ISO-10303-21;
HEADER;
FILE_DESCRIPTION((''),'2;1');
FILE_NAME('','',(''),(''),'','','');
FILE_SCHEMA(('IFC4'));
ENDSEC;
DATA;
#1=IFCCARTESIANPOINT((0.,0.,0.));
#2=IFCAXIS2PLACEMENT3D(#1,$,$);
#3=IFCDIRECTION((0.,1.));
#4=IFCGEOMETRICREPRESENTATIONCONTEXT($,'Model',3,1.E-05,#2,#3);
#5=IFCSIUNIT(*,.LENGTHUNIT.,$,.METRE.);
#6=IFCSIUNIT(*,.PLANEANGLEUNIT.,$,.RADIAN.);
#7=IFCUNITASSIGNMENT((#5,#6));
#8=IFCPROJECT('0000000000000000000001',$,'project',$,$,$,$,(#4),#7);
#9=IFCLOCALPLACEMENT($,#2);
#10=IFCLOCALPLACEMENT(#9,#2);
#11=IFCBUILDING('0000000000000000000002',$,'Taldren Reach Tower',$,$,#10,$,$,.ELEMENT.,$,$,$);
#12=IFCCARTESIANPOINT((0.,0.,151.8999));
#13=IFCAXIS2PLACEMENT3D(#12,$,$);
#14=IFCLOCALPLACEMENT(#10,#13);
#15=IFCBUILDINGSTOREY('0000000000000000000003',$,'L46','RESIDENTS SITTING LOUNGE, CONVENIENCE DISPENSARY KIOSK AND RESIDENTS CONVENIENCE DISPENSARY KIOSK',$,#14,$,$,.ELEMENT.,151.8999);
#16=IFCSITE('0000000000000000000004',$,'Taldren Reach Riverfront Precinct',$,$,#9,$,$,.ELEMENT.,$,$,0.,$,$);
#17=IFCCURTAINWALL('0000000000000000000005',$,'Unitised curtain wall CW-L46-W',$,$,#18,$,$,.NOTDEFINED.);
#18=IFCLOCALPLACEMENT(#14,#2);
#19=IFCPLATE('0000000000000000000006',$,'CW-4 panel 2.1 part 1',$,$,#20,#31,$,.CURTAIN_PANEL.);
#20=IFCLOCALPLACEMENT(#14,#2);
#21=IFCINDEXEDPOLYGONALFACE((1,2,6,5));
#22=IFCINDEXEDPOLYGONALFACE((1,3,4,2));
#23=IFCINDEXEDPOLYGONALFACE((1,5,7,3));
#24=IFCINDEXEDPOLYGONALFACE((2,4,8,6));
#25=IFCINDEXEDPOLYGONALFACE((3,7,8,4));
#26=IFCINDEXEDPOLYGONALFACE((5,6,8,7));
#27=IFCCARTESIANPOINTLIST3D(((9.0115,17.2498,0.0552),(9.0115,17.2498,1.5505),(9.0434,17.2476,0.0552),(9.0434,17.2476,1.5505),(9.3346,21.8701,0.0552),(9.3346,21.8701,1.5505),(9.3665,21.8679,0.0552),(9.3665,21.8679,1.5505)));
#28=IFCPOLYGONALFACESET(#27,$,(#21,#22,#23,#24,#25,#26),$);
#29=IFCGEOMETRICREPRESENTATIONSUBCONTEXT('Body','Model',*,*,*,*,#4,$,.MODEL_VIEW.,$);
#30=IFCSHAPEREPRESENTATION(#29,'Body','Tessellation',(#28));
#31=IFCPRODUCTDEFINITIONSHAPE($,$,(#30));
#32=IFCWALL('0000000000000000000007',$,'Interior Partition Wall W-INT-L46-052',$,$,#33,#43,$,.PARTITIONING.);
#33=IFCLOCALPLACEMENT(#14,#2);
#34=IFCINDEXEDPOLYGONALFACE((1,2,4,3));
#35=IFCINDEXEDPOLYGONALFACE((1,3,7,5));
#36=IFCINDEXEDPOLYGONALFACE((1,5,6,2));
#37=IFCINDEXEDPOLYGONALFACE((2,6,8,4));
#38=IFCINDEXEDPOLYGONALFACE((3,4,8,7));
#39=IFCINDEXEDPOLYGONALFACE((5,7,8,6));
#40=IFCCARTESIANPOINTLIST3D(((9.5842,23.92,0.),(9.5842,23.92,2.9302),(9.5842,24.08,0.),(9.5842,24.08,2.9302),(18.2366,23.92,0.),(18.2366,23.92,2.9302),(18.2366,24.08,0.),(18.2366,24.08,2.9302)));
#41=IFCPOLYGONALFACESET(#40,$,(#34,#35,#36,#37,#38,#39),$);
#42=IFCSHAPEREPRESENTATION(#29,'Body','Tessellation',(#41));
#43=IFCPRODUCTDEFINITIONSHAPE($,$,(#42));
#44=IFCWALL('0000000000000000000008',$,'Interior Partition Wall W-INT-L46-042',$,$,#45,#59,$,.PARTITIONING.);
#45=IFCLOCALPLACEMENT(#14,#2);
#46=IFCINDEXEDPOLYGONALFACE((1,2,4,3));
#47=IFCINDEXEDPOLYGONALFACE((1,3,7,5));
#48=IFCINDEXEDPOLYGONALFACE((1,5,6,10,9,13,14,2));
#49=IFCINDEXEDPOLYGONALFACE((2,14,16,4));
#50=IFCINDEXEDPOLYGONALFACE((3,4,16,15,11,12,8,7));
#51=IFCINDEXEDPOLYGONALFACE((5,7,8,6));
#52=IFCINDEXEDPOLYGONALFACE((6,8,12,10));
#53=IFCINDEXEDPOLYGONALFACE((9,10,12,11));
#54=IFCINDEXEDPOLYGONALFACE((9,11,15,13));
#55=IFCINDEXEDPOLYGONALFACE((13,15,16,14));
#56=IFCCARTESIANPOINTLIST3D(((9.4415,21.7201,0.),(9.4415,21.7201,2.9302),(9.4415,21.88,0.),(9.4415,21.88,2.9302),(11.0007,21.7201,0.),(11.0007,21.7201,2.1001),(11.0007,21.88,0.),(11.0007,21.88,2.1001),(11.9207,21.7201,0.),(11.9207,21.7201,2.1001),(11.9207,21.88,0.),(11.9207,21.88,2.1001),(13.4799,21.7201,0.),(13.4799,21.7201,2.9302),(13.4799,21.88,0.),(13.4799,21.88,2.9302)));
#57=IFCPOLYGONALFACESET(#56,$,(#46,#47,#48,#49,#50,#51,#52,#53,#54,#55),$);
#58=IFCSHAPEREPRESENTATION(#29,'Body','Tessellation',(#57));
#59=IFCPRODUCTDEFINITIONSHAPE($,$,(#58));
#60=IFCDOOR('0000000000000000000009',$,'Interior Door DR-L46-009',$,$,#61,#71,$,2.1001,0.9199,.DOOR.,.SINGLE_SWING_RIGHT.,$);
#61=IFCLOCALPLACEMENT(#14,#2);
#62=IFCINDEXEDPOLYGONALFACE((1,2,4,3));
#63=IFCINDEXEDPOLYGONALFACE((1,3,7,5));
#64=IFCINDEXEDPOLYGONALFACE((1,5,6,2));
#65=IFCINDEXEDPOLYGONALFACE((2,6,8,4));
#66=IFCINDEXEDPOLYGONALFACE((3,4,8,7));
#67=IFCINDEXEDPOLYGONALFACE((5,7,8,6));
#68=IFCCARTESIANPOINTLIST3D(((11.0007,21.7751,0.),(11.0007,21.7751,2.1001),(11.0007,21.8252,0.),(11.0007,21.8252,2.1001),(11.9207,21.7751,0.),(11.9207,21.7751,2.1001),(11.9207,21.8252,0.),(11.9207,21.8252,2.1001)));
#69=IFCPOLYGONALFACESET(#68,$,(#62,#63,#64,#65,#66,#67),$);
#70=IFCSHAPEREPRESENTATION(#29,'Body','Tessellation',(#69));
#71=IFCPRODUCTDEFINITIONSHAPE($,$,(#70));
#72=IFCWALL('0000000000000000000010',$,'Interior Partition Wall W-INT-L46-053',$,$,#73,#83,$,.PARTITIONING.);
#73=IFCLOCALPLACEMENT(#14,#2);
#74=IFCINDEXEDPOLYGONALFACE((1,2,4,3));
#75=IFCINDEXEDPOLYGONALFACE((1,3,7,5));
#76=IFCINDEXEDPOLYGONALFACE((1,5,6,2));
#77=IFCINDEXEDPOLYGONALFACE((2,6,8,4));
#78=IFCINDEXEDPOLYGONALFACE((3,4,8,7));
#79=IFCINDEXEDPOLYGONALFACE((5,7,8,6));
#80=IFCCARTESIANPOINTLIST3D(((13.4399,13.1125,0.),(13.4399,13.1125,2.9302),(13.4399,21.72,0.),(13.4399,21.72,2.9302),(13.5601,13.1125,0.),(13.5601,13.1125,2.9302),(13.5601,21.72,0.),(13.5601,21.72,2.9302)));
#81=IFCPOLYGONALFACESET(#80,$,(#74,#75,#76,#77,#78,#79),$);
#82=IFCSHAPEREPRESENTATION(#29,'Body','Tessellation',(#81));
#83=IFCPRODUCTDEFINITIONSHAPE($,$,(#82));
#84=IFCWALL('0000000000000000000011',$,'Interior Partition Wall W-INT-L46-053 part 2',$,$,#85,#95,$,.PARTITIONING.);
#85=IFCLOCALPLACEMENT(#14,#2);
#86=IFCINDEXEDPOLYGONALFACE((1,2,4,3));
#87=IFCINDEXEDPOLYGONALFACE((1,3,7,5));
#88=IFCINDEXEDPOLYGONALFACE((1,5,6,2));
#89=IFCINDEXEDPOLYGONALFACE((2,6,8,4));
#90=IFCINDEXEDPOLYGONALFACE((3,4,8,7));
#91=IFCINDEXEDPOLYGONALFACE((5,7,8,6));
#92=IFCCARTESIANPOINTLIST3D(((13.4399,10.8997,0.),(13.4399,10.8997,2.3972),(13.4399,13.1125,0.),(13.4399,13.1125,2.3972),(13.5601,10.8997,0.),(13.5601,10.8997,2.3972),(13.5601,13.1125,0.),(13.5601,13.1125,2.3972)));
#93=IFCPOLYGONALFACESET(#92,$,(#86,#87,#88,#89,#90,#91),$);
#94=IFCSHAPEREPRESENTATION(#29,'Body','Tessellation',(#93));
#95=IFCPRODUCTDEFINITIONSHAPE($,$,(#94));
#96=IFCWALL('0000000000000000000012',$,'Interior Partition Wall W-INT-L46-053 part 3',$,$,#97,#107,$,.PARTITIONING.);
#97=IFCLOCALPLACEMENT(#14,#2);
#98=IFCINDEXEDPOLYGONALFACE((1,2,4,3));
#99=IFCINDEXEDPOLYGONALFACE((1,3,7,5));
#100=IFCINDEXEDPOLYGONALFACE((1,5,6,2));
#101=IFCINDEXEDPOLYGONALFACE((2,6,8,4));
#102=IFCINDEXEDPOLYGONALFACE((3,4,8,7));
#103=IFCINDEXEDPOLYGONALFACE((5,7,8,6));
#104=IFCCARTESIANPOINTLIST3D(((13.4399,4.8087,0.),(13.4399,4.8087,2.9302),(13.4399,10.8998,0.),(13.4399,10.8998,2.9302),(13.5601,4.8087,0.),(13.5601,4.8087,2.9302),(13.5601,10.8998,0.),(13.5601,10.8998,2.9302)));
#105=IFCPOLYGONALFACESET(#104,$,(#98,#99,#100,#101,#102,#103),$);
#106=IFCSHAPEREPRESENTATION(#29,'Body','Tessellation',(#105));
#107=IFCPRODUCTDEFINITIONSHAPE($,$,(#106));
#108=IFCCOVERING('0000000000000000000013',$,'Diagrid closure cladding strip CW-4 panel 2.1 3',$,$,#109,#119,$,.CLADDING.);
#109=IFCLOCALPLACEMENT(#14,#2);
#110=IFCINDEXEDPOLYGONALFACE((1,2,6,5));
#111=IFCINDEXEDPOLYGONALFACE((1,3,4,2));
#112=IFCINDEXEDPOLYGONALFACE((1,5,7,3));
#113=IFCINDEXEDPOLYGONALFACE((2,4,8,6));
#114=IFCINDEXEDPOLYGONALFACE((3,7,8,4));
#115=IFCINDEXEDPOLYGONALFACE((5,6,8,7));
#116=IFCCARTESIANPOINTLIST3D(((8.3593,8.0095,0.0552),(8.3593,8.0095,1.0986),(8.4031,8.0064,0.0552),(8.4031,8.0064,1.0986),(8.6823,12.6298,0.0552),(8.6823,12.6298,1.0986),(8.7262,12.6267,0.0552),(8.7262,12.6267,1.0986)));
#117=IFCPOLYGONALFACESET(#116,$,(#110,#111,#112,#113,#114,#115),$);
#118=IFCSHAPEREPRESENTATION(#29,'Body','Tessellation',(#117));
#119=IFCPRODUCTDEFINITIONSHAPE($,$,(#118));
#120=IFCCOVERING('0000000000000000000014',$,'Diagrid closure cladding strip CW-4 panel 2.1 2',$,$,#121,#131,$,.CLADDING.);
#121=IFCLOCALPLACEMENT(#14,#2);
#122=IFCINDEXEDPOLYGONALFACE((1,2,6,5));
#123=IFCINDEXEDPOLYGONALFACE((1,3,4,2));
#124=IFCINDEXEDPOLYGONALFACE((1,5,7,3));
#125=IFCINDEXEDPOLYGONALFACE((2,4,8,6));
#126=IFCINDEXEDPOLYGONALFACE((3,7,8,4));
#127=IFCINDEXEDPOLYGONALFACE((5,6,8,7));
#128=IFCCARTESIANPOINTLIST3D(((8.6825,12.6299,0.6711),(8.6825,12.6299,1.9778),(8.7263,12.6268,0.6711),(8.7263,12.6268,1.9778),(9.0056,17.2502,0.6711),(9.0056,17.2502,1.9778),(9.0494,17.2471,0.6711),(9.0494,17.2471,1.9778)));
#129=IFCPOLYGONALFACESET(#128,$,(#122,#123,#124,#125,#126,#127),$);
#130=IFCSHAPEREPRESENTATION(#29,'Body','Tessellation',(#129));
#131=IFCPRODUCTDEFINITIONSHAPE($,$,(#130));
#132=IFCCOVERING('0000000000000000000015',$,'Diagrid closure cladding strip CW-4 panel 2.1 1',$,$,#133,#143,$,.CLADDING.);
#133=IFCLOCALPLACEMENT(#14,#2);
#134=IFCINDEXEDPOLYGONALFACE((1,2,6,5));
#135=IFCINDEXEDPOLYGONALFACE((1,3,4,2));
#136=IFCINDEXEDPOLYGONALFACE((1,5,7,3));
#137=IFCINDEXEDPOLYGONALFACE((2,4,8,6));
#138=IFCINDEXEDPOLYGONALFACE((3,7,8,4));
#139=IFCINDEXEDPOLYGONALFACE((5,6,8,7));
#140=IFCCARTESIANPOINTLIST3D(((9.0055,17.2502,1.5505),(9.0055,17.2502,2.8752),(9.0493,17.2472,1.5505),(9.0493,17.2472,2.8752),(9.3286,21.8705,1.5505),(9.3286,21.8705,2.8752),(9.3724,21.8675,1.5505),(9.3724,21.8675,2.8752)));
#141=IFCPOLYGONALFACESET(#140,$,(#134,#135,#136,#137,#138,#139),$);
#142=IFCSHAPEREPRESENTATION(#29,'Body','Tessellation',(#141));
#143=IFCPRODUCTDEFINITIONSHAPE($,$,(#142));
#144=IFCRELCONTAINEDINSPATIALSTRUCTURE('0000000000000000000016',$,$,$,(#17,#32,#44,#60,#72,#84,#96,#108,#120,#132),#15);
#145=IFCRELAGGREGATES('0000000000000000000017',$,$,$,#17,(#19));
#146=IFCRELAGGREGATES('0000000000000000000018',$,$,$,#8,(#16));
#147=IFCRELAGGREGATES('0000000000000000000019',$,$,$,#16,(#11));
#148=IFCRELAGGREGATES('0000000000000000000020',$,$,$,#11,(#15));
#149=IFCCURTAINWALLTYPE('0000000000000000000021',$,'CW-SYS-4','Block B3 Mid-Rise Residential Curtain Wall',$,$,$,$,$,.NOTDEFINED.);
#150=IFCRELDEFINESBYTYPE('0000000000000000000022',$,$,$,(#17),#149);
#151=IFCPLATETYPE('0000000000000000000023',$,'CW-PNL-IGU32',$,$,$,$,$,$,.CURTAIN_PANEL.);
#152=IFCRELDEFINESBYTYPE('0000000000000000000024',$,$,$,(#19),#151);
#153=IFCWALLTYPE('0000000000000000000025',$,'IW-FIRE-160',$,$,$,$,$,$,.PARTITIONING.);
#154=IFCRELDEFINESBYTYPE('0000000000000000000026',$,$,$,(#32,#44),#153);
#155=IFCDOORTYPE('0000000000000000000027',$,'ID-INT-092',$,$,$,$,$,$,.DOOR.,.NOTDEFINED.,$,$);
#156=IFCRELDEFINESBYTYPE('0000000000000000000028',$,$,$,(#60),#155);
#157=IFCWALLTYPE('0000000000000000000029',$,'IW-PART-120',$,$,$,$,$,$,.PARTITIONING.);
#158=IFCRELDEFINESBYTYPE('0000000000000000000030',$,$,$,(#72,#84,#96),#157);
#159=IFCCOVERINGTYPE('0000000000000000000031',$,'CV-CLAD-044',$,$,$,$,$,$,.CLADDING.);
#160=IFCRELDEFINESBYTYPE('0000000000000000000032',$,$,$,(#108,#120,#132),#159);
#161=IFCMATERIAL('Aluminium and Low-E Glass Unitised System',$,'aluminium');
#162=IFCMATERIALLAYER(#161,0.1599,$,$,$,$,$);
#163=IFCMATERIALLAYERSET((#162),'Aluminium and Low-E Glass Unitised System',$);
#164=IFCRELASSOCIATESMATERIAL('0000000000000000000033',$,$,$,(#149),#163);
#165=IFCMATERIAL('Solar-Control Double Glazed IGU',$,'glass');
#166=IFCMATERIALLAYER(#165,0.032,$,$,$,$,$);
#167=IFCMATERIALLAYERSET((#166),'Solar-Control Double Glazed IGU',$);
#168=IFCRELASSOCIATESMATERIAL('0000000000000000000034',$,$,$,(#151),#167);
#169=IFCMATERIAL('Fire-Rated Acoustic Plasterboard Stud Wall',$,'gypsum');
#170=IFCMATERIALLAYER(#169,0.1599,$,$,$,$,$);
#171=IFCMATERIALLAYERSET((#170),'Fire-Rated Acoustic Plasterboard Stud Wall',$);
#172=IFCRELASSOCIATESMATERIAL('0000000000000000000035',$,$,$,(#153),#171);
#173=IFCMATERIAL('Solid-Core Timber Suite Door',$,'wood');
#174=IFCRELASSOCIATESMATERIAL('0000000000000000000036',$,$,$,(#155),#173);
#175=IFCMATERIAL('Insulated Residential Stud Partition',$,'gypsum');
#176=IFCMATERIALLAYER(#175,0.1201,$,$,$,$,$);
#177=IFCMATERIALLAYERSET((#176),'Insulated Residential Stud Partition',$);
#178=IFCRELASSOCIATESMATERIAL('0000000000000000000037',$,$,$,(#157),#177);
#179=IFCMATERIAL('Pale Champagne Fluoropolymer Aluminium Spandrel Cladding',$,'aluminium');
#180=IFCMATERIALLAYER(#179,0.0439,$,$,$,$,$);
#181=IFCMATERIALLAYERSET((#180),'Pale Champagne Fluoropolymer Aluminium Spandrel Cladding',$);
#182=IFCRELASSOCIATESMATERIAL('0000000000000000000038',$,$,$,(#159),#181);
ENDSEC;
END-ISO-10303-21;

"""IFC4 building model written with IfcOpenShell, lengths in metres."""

from ifc_helpers import new_model, si_unit, direction, frame, frame_2d, origin, origin_2d, place, context, subcontext, project, spatial, rectangle, extrude, source, transform, mapped, material, layer, layer_set, type_object, element, fill, aggregate, save


model = new_model("IFC4")

# Units and contexts
model_context = context("Model", 3, precision=1e-05, world=origin(), true_north=direction((0.0, 1.0)))
body_context = subcontext(model_context, "Body", "Model", "MODEL_VIEW")
ifc_project = project(units=[si_unit("LENGTHUNIT", "METRE"), si_unit("PLANEANGLEUNIT", "RADIAN")], contexts=[model_context])

# Site, building, storey
site_placement = place(None, origin())
site = spatial("IfcSite", under=ifc_project, at=site_placement, Name="Taldren Reach Riverfront Precinct", CompositionType="ELEMENT", RefElevation=0.0)
building_placement = place(site_placement, origin())
building = spatial("IfcBuilding", under=site, at=building_placement, Name="Taldren Reach Tower", CompositionType="ELEMENT")
storey_placement = place(building_placement, frame((0.0, 0.0, 151.8999)))
storey = spatial("IfcBuildingStorey", under=building, at=storey_placement, Name="L46", Description="RESIDENTS SITTING LOUNGE, CONVENIENCE DISPENSARY KIOSK AND RESIDENTS CONVENIENCE DISPENSARY KIOSK", CompositionType="ELEMENT", Elevation=151.8999)

# Curtain wall
ifc_material_1 = material(Name="Aluminium and Low-E Glass Unitised System", Category="aluminium")
ifc_layer_1 = layer(ifc_material_1, 0.1599)
ifc_layer_set_1 = layer_set([ifc_layer_1], Name="Aluminium and Low-E Glass Unitised System")
curtain_wall_type = type_object("IfcCurtainWallType", Name="CW-SYS-4", Description="Block B3 Mid-Rise Residential Curtain Wall", PredefinedType="NOTDEFINED", material=ifc_layer_set_1)
curtain_wall_placement = place(storey_placement, origin())
curtain_wall = element("IfcCurtainWall", 1, at=curtain_wall_placement, inside=storey, type_object=curtain_wall_type, Name="Unitised curtain wall CW-L46-W", PredefinedType="NOTDEFINED")

# Plate
ifc_material_2 = material(Name="Solar-Control Double Glazed IGU", Category="glass")
ifc_layer_2 = layer(ifc_material_2, 0.032)
ifc_layer_set_2 = layer_set([ifc_layer_2], Name="Solar-Control Double Glazed IGU")
plate_type_1 = type_object("IfcPlateType", Name="CW-PNL-IGU32", PredefinedType="CURTAIN_PANEL", material=ifc_layer_set_2)
shared_shape_1 = source(origin(), body_context, "Body", "SweptSolid", [
    extrude(rectangle(XDim=4.6316, YDim=0.032, at=origin_2d()), origin(), (0.0, 0.0, 1.0), 1.4954),
])
plate_1_placement = place(storey_placement, frame((9.189, 19.5588, 0.0552), z_axis=(0.0, 0.0, 1.0), x_axis=(-0.069756, -0.997564, 0.0)))
plate_1 = element("IfcPlate", 2, at=plate_1_placement, type_object=plate_type_1, Name="CW-4 panel 2.1 part 1", PredefinedType="CURTAIN_PANEL", context=body_context, shape_type="MappedRepresentation", body=[
    mapped(shared_shape_1, transform((0.0, 0.0, 0.0), scale=1.0)),
])
aggregate(curtain_wall, [plate_1])

# Wall
ifc_material_3 = material(Name="Fire-Rated Acoustic Plasterboard Stud Wall", Category="gypsum")
ifc_layer_3 = layer(ifc_material_3, 0.1599)
ifc_layer_set_3 = layer_set([ifc_layer_3], Name="Fire-Rated Acoustic Plasterboard Stud Wall")
wall_type_1 = type_object("IfcWallType", Name="IW-FIRE-160", PredefinedType="PARTITIONING", material=ifc_layer_set_3)
shared_shape_2 = source(origin(), body_context, "Body", "SweptSolid", [
    extrude(rectangle(XDim=8.6523, YDim=0.1599, at=frame_2d((4.3262, 0.0))), origin(), (0.0, 0.0, 1.0), 2.9302),
])
wall_1_placement = place(storey_placement, frame((9.5842, 24.0, 0.0), z_axis=(0.0, 0.0, 1.0), x_axis=(1.0, 0.0, 0.0)))
element("IfcWall", 3, at=wall_1_placement, inside=storey, type_object=wall_type_1, Name="Interior Partition Wall W-INT-L46-052", PredefinedType="PARTITIONING", context=body_context, shape_type="MappedRepresentation", body=[
    mapped(shared_shape_2, transform((0.0, 0.0, 0.0), scale=1.0)),
])

# Wall, opening, door
shared_shape_3 = source(origin(), body_context, "Body", "SweptSolid", [
    extrude(rectangle(XDim=4.0383, YDim=0.1599, at=frame_2d((2.019, 0.0))), origin(), (0.0, 0.0, 1.0), 2.9302),
])
wall_2_placement = place(storey_placement, frame((13.4797, 21.8, 0.0), z_axis=(0.0, 0.0, 1.0), x_axis=(-1.0, 0.0, 0.0)))
wall_2 = element("IfcWall", 4, at=wall_2_placement, inside=storey, type_object=wall_type_1, Name="Interior Partition Wall W-INT-L46-042", PredefinedType="PARTITIONING", context=body_context, shape_type="MappedRepresentation", body=[
    mapped(shared_shape_3, transform((0.0, 0.0, 0.0), scale=1.0)),
])
shared_shape_4 = source(origin(), body_context, "Body", "SweptSolid", [
    extrude(rectangle(XDim=0.9199, YDim=2.1001, at=frame_2d((0.46, 1.05))), frame((0.0, 0.0898, 0.0), z_axis=(0.0, -1.0, 0.0), x_axis=(1.0, 0.0, 0.0)), (0.0, 0.0, 1.0), 0.1799),
])
opening_placement = place(wall_2_placement, frame((1.5591, 0.0, 0.0)))
opening = element("IfcOpeningElement", 5, at=opening_placement, cuts=wall_2, PredefinedType="OPENING", context=body_context, shape_type="MappedRepresentation", body=[
    mapped(shared_shape_4, transform((0.0, 0.0, 0.0), scale=1.0)),
])
ifc_material_4 = material(Name="Solid-Core Timber Suite Door", Category="wood")
door_type = type_object("IfcDoorType", Name="ID-INT-092", OperationType="NOTDEFINED", PredefinedType="DOOR", material=ifc_material_4)
shared_shape_5 = source(origin(), body_context, "Body", "SweptSolid", [
    extrude(rectangle(XDim=0.9199, YDim=2.1001, at=frame_2d((0.46, 1.05))), frame((0.0, 0.0249, 0.0), z_axis=(0.0, -1.0, 0.0), x_axis=(1.0, 0.0, 0.0)), (0.0, 0.0, 1.0), 0.05),
])
door_placement = place(opening_placement, origin())
door = element("IfcDoor", 6, at=door_placement, inside=storey, type_object=door_type, Name="Interior Door DR-L46-009", OperationType="SINGLE_SWING_RIGHT", OverallHeight=2.1001, OverallWidth=0.9199, PredefinedType="DOOR", context=body_context, shape_type="MappedRepresentation", body=[
    mapped(shared_shape_5, transform((0.0, 0.0, 0.0), scale=1.0)),
])
fill(opening, door)

# Walls
ifc_material_5 = material(Name="Insulated Residential Stud Partition", Category="gypsum")
ifc_layer_4 = layer(ifc_material_5, 0.1201)
ifc_layer_set_4 = layer_set([ifc_layer_4], Name="Insulated Residential Stud Partition")
wall_type_2 = type_object("IfcWallType", Name="IW-PART-120", PredefinedType="PARTITIONING", material=ifc_layer_set_4)
shared_shape_6 = source(origin(), body_context, "Body", "SweptSolid", [
    extrude(rectangle(XDim=8.6074, YDim=0.1201, at=frame_2d((4.3037, 0.0))), origin(), (0.0, 0.0, 1.0), 2.9302),
])
wall_3_placement = place(storey_placement, frame((13.5, 21.72, 0.0), z_axis=(0.0, 0.0, 1.0), x_axis=(0.0, -1.0, 0.0)))
element("IfcWall", 7, at=wall_3_placement, inside=storey, type_object=wall_type_2, Name="Interior Partition Wall W-INT-L46-053", PredefinedType="PARTITIONING", context=body_context, shape_type="MappedRepresentation", body=[
    mapped(shared_shape_6, transform((0.0, 0.0, 0.0), scale=1.0)),
])
shared_shape_7 = source(origin(), body_context, "Body", "SweptSolid", [
    extrude(rectangle(XDim=2.2129, YDim=0.1201, at=frame_2d((1.1064, 0.0))), origin(), (0.0, 0.0, 1.0), 2.3972),
])
wall_4_placement = place(storey_placement, frame((13.5, 13.1125, 0.0), z_axis=(0.0, 0.0, 1.0), x_axis=(0.0, -1.0, 0.0)))
element("IfcWall", 8, at=wall_4_placement, inside=storey, type_object=wall_type_2, Name="Interior Partition Wall W-INT-L46-053 part 2", PredefinedType="PARTITIONING", context=body_context, shape_type="MappedRepresentation", body=[
    mapped(shared_shape_7, transform((0.0, 0.0, 0.0), scale=1.0)),
])
shared_shape_8 = source(origin(), body_context, "Body", "SweptSolid", [
    extrude(rectangle(XDim=6.0911, YDim=0.1201, at=frame_2d((3.0454, 0.0))), origin(), (0.0, 0.0, 1.0), 2.9302),
])
wall_5_placement = place(storey_placement, frame((13.5, 10.8997, 0.0), z_axis=(0.0, 0.0, 1.0), x_axis=(0.0, -1.0, 0.0)))
element("IfcWall", 9, at=wall_5_placement, inside=storey, type_object=wall_type_2, Name="Interior Partition Wall W-INT-L46-053 part 3", PredefinedType="PARTITIONING", context=body_context, shape_type="MappedRepresentation", body=[
    mapped(shared_shape_8, transform((0.0, 0.0, 0.0), scale=1.0)),
])

# Coverings
ifc_material_6 = material(Name="Pale Champagne Fluoropolymer Aluminium Spandrel Cladding", Category="aluminium")
ifc_layer_5 = layer(ifc_material_6, 0.0439)
ifc_layer_set_5 = layer_set([ifc_layer_5], Name="Pale Champagne Fluoropolymer Aluminium Spandrel Cladding")
covering_type = type_object("IfcCoveringType", Name="CV-CLAD-044", PredefinedType="CLADDING", material=ifc_layer_set_5)
shared_shape_9 = source(origin(), body_context, "Body", "SweptSolid", [
    extrude(rectangle(XDim=4.6316, YDim=0.0439, at=origin_2d()), origin(), (0.0, 0.0, 1.0), 1.0435),
])
covering_1_placement = place(storey_placement, frame((8.5427, 10.3181, 0.0552), z_axis=(0.0, 0.0, 1.0), x_axis=(-0.069756, -0.997564, 0.0)))
element("IfcCovering", 10, at=covering_1_placement, inside=storey, type_object=covering_type, Name="Diagrid closure cladding strip CW-4 panel 2.1 3", PredefinedType="CLADDING", context=body_context, shape_type="MappedRepresentation", body=[
    mapped(shared_shape_9, transform((0.0, 0.0, 0.0), scale=1.0)),
])
shared_shape_10 = source(origin(), body_context, "Body", "SweptSolid", [
    extrude(rectangle(XDim=4.6316, YDim=0.0439, at=origin_2d()), origin(), (0.0, 0.0, 1.0), 1.3066),
])
covering_2_placement = place(storey_placement, frame((8.866, 14.9385, 0.6711), z_axis=(0.0, 0.0, 1.0), x_axis=(-0.069756, -0.997564, 0.0)))
element("IfcCovering", 11, at=covering_2_placement, inside=storey, type_object=covering_type, Name="Diagrid closure cladding strip CW-4 panel 2.1 2", PredefinedType="CLADDING", context=body_context, shape_type="MappedRepresentation", body=[
    mapped(shared_shape_10, transform((0.0, 0.0, 0.0), scale=1.0)),
])
shared_shape_11 = source(origin(), body_context, "Body", "SweptSolid", [
    extrude(rectangle(XDim=4.6316, YDim=0.0439, at=origin_2d()), origin(), (0.0, 0.0, 1.0), 1.3247),
])
covering_3_placement = place(storey_placement, frame((9.189, 19.5588, 1.5505), z_axis=(0.0, 0.0, 1.0), x_axis=(-0.069756, -0.997564, 0.0)))
element("IfcCovering", 12, at=covering_3_placement, inside=storey, type_object=covering_type, Name="Diagrid closure cladding strip CW-4 panel 2.1 1", PredefinedType="CLADDING", context=body_context, shape_type="MappedRepresentation", body=[
    mapped(shared_shape_11, transform((0.0, 0.0, 0.0), scale=1.0)),
])

save(model, "model.ifc")
